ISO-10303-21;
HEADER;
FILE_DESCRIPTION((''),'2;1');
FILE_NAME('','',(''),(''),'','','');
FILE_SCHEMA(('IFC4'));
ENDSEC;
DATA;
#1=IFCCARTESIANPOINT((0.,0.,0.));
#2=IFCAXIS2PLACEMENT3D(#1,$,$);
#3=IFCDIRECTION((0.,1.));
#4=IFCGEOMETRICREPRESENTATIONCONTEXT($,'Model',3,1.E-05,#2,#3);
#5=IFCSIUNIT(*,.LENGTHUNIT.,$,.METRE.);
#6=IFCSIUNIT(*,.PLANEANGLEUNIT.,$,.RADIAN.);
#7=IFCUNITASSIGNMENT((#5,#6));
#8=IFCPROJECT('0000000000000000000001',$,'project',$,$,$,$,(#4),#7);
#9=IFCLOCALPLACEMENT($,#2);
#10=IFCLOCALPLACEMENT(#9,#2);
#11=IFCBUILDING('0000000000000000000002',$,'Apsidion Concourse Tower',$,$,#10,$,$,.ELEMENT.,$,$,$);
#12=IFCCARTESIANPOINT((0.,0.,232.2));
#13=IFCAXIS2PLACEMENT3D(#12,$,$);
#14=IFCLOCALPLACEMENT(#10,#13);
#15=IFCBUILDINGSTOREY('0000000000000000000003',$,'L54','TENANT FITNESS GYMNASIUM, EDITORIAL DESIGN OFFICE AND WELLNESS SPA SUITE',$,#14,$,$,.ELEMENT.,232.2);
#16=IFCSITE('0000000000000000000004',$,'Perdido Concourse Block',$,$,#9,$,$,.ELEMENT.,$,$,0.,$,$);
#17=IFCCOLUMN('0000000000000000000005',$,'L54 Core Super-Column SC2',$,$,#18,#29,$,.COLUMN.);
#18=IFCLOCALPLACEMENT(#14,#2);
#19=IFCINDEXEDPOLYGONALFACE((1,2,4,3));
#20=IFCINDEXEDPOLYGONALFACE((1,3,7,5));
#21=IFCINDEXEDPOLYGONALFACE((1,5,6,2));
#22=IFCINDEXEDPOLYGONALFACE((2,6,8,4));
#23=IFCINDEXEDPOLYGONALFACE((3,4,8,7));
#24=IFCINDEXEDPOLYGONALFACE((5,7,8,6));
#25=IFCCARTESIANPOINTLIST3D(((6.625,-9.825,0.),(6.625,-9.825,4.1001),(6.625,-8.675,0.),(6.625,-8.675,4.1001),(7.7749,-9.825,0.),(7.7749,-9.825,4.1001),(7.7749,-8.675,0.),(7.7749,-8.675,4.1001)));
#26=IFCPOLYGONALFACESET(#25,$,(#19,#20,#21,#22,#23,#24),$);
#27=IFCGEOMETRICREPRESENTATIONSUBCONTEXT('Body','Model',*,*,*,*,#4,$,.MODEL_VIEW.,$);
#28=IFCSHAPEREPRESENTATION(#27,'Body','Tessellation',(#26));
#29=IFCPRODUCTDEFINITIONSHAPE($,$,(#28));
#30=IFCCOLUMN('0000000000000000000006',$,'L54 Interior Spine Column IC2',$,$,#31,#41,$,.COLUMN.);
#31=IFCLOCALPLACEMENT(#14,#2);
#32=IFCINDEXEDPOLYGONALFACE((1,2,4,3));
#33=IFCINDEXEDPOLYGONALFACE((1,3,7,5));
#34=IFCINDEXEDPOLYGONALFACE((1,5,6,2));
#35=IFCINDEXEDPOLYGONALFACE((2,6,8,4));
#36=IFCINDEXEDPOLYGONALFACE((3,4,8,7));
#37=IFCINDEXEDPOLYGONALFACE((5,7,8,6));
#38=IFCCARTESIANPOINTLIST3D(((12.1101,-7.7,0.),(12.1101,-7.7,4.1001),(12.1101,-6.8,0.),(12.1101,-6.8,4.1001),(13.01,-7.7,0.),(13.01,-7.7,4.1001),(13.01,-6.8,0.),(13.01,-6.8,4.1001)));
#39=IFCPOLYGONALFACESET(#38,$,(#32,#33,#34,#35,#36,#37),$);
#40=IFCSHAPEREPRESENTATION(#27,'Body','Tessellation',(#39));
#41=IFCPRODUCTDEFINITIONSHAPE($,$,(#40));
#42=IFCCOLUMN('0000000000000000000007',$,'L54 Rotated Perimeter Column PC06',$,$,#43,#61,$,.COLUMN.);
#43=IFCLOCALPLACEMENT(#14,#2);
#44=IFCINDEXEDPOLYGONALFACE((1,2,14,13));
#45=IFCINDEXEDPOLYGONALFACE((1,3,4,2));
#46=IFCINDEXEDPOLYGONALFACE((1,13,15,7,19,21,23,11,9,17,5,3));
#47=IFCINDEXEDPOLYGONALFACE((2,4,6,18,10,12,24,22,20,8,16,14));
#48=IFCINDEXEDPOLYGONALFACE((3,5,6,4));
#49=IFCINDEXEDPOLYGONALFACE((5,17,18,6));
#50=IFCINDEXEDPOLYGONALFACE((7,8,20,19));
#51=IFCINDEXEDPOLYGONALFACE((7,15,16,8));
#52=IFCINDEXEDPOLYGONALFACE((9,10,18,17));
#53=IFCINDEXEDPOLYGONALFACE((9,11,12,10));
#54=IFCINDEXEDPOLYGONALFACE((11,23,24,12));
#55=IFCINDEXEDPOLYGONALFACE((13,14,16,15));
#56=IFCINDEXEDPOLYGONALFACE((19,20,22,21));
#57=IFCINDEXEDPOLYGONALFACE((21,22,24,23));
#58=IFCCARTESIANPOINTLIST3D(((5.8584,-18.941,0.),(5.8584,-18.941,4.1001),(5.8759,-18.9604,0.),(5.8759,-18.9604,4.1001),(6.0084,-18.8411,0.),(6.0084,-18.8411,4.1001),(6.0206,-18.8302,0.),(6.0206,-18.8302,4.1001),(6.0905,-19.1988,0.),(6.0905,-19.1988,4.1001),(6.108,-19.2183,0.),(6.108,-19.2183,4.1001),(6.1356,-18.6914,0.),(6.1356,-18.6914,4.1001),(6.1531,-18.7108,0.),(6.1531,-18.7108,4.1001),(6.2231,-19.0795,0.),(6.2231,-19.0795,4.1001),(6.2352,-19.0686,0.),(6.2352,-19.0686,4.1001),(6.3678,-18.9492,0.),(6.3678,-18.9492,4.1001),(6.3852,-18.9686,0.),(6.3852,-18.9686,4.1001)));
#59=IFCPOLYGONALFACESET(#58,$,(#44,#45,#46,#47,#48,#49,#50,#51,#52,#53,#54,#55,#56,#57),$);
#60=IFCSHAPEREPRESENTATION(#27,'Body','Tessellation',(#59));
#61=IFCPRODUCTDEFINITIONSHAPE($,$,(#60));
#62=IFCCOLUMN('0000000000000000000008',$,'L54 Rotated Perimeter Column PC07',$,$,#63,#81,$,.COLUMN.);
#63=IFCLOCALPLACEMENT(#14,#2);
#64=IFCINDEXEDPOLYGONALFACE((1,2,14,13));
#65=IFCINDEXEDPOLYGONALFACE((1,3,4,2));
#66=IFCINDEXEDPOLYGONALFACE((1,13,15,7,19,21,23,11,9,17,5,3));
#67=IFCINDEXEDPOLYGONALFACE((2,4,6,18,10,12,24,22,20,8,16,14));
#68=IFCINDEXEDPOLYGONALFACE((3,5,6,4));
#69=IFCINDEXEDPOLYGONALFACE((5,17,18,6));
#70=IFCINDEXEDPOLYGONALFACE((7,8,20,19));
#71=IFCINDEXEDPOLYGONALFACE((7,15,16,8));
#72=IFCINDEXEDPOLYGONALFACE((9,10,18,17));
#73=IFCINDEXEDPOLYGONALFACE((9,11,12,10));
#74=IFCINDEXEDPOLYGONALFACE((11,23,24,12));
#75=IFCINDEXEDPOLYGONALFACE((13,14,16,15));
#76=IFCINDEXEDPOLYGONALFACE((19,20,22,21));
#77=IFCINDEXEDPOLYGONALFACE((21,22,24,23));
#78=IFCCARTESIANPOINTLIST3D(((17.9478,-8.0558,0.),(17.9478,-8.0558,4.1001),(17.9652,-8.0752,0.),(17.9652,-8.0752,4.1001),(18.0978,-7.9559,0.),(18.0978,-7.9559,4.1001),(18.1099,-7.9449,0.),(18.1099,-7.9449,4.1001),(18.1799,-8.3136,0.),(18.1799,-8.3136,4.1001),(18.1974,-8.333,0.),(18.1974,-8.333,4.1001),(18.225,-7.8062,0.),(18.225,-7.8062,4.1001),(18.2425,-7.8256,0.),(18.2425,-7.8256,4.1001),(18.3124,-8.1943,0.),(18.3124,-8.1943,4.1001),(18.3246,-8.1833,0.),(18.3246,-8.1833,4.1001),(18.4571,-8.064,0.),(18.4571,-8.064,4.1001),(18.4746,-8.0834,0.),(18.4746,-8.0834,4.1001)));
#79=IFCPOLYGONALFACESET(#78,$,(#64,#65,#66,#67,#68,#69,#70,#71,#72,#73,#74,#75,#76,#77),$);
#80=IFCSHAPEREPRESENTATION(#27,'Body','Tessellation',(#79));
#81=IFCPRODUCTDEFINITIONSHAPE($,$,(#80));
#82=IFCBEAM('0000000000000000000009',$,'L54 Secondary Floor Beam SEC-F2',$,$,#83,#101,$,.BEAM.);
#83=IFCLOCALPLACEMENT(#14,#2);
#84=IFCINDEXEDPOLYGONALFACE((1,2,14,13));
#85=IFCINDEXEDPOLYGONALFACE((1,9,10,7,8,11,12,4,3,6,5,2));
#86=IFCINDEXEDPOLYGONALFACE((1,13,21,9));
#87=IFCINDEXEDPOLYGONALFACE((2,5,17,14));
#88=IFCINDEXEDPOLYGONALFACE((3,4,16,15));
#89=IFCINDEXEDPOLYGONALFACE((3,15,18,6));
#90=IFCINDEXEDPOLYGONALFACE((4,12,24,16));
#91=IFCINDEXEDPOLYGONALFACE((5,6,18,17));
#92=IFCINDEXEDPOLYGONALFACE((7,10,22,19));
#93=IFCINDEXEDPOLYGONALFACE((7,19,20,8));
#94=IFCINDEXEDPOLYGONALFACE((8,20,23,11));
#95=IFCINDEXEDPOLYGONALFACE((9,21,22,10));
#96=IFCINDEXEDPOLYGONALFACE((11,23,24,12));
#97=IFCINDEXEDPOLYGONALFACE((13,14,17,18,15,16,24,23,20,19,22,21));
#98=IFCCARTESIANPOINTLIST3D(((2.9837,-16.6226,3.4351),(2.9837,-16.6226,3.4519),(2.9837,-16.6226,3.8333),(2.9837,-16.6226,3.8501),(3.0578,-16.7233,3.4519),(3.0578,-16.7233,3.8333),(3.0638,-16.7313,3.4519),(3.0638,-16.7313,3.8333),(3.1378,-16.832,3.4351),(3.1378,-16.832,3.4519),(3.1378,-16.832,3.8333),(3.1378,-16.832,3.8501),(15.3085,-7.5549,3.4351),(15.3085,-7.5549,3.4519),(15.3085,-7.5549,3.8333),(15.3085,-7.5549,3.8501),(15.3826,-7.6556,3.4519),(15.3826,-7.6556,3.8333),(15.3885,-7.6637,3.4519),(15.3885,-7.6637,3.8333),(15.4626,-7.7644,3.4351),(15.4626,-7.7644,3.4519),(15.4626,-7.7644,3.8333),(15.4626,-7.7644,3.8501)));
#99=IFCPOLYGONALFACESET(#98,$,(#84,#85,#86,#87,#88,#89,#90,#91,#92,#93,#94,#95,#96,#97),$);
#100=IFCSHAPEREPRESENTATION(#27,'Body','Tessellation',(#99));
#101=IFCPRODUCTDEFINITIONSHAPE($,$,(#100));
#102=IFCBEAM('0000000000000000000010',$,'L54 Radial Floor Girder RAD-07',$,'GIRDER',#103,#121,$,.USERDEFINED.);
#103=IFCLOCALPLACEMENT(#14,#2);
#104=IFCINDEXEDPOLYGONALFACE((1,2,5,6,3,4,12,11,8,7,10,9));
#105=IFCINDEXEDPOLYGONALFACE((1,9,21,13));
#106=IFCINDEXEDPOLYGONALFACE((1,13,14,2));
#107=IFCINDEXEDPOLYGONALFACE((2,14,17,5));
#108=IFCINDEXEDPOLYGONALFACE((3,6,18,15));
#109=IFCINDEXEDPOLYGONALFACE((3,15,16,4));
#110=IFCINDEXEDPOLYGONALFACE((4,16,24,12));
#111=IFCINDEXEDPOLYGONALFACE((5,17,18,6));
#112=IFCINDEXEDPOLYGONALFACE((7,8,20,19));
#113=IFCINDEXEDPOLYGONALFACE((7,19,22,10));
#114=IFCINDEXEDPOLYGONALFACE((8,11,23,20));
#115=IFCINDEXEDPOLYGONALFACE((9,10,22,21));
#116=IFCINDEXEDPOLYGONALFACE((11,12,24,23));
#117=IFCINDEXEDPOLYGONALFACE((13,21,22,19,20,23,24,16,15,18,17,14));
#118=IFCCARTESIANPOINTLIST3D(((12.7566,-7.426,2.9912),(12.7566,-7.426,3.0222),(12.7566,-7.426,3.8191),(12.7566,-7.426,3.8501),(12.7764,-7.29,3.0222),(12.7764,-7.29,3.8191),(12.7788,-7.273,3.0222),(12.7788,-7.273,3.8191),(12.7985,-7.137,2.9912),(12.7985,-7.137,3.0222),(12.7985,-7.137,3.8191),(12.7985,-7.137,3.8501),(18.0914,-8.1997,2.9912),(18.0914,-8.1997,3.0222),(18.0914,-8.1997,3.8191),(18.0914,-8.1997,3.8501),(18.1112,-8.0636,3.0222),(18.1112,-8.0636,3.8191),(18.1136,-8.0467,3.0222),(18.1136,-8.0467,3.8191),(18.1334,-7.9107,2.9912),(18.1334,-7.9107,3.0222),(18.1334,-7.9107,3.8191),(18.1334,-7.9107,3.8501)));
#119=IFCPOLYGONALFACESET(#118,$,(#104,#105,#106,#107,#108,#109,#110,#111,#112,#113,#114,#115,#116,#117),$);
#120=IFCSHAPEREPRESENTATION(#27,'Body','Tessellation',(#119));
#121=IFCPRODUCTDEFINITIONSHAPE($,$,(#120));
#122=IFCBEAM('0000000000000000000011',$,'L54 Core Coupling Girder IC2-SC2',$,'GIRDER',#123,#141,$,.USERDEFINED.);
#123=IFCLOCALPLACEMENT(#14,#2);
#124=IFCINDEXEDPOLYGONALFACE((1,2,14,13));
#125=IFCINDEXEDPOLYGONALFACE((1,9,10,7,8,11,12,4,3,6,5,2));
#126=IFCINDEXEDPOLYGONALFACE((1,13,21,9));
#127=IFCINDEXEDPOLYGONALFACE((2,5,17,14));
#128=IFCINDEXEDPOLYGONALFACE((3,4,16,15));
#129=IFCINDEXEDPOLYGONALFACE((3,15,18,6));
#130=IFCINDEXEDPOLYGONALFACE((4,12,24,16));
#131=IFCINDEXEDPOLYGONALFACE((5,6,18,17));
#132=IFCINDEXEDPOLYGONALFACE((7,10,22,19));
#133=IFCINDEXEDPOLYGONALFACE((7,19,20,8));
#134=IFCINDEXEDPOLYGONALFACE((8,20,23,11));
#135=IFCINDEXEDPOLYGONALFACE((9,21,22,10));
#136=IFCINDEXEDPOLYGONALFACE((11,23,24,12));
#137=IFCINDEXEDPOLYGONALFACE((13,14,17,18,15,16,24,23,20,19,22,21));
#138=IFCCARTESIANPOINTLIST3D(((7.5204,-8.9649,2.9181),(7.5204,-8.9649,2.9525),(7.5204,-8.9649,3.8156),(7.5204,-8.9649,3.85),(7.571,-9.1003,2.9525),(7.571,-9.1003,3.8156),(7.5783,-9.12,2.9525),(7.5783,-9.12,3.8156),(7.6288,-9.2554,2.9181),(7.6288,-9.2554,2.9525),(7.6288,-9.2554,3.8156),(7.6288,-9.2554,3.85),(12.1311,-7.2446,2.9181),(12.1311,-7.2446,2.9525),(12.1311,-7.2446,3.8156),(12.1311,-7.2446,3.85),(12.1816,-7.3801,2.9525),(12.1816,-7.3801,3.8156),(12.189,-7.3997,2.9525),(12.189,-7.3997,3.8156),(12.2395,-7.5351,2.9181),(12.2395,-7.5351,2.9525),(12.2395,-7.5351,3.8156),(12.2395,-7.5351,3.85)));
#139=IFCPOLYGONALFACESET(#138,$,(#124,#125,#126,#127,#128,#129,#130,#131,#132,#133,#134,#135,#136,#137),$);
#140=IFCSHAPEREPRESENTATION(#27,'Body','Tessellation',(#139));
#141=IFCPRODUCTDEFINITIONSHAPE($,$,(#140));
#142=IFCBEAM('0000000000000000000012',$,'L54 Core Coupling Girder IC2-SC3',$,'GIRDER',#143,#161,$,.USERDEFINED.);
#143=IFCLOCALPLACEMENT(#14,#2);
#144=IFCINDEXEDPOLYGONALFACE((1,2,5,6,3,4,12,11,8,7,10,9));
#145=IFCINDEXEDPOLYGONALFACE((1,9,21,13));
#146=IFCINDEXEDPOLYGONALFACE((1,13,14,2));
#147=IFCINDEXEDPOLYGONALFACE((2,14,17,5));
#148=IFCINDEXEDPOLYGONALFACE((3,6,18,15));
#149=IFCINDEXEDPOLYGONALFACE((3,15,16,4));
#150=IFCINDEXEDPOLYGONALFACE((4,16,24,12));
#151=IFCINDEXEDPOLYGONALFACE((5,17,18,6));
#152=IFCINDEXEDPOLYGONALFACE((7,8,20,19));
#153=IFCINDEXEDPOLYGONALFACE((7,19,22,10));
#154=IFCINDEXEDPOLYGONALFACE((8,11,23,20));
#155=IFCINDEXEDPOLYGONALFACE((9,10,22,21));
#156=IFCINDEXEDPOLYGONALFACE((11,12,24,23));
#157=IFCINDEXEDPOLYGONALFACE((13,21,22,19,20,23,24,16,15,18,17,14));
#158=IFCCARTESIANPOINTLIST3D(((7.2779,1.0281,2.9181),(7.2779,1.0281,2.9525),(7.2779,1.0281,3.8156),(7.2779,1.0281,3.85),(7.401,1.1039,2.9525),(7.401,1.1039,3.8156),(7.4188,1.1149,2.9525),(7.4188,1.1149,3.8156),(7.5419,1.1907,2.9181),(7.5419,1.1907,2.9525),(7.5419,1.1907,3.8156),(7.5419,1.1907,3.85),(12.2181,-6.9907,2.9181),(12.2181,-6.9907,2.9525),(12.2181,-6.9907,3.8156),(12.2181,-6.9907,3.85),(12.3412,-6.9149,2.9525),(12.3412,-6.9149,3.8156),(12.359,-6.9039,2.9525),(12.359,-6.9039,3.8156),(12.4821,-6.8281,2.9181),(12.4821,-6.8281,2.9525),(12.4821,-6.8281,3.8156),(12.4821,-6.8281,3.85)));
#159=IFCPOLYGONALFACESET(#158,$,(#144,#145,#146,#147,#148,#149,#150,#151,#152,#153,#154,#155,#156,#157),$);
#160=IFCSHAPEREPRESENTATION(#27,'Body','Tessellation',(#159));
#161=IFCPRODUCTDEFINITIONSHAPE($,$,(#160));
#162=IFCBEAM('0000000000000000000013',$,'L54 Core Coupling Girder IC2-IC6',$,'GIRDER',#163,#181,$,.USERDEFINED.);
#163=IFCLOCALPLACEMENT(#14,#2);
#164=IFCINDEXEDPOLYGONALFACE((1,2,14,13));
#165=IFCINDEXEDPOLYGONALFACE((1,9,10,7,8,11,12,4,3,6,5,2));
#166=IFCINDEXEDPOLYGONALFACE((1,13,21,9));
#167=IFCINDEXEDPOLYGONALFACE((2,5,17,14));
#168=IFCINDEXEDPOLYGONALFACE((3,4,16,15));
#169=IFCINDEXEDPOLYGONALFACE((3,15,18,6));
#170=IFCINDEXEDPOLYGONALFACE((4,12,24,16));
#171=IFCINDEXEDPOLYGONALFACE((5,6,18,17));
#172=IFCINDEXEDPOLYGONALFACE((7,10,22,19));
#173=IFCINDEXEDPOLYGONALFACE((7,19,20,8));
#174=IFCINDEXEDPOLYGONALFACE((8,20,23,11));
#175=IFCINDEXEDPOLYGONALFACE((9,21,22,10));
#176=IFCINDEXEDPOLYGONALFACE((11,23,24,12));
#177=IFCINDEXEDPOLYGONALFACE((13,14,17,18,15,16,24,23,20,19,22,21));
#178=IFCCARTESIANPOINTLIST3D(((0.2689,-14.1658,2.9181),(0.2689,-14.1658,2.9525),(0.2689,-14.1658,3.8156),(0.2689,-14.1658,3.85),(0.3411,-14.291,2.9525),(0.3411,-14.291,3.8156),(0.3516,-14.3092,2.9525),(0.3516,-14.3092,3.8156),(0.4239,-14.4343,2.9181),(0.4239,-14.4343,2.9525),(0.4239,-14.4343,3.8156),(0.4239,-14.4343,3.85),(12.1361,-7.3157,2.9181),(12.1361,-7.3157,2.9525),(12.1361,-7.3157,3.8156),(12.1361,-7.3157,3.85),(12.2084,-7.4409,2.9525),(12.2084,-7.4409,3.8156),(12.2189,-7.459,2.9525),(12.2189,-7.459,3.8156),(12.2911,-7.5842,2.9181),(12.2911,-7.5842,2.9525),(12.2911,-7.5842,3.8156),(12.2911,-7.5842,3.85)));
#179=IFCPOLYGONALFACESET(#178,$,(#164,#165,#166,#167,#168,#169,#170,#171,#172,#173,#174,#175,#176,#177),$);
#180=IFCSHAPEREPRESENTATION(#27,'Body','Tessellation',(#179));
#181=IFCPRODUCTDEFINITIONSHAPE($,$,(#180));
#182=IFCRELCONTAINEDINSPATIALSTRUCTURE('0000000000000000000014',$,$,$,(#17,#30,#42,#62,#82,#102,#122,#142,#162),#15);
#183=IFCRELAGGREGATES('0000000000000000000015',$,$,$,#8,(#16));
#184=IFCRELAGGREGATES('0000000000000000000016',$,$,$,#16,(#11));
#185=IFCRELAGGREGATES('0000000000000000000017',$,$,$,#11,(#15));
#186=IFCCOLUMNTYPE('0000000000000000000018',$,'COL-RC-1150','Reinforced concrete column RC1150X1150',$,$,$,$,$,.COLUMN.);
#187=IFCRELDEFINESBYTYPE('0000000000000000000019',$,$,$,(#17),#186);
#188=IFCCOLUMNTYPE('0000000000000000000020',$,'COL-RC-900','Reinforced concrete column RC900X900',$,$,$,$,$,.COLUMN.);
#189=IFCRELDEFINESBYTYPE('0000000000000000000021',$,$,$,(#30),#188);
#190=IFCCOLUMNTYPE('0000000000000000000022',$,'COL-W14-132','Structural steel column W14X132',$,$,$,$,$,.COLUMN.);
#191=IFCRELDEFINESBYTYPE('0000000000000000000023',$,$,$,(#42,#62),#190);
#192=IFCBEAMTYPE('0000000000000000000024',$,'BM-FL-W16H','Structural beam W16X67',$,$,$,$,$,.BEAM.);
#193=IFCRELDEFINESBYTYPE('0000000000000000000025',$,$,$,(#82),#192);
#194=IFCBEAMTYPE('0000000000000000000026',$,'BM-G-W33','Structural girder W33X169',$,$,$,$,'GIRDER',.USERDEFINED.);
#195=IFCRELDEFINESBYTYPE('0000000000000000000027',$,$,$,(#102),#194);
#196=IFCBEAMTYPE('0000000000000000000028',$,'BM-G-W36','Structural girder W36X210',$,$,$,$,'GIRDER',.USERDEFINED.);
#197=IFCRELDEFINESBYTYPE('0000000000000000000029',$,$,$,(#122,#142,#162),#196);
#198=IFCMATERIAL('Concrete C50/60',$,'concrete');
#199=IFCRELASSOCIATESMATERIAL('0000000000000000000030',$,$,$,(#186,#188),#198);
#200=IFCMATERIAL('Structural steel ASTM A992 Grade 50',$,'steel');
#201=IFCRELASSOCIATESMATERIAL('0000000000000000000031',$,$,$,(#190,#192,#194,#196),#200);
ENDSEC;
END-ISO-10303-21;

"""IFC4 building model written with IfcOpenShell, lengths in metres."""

from ifc_helpers import new_model, si_unit, direction, frame, origin, origin_2d, place, context, subcontext, project, spatial, rectangle, i_section, extrude, material, material_profile, profile_set, type_object, element, save


model = new_model("IFC4")

# Units and contexts
model_context = context("Model", 3, precision=1e-05, world=origin(), true_north=direction((0.0, 1.0)))
body_context = subcontext(model_context, "Body", "Model", "MODEL_VIEW")
ifc_project = project(units=[si_unit("LENGTHUNIT", "METRE"), si_unit("PLANEANGLEUNIT", "RADIAN")], contexts=[model_context])

# Site, building, storey
site_placement = place(None, origin())
site = spatial("IfcSite", under=ifc_project, at=site_placement, Name="Perdido Concourse Block", CompositionType="ELEMENT", RefElevation=0.0)
building_placement = place(site_placement, origin())
building = spatial("IfcBuilding", under=site, at=building_placement, Name="Apsidion Concourse Tower", CompositionType="ELEMENT")
storey_placement = place(building_placement, frame((0.0, 0.0, 232.2)))
storey = spatial("IfcBuildingStorey", under=building, at=storey_placement, Name="L54", Description="TENANT FITNESS GYMNASIUM, EDITORIAL DESIGN OFFICE AND WELLNESS SPA SUITE", CompositionType="ELEMENT", Elevation=232.2)

# Columns
ifc_material_1 = material(Name="Concrete C50/60", Category="concrete")
ifc_material_profile_1 = material_profile(ifc_material_1, rectangle(XDim=1.1499, YDim=1.1499, at=origin_2d()), Name="RC 1150x1150")
ifc_profile_set_1 = profile_set([ifc_material_profile_1], Name="Concrete C50/60")
column_type_1 = type_object("IfcColumnType", Name="COL-RC-1150", Description="Reinforced concrete column RC1150X1150", PredefinedType="COLUMN", material=ifc_profile_set_1)
column_1_placement = place(storey_placement, frame((7.2, -9.25, 0.0), z_axis=(0.0, 0.0, 1.0), x_axis=(1.0, 0.0, 0.0)))
element("IfcColumn", 1, at=column_1_placement, inside=storey, type_object=column_type_1, Name="L54 Core Super-Column SC2", PredefinedType="COLUMN", context=body_context, shape_type="SweptSolid", body=[
    extrude(rectangle(XDim=1.1499, YDim=1.1499, at=origin_2d()), origin(), (0.0, 0.0, 1.0), 4.1001),
])
ifc_material_profile_2 = material_profile(ifc_material_1, rectangle(XDim=0.8999, YDim=0.8999, at=origin_2d()), Name="RC 900x900")
ifc_profile_set_2 = profile_set([ifc_material_profile_2], Name="Concrete C50/60")
column_type_2 = type_object("IfcColumnType", Name="COL-RC-900", Description="Reinforced concrete column RC900X900", PredefinedType="COLUMN", material=ifc_profile_set_2)
column_2_placement = place(storey_placement, frame((12.5601, -7.25, 0.0), z_axis=(0.0, 0.0, 1.0), x_axis=(1.0, 0.0, 0.0)))
element("IfcColumn", 2, at=column_2_placement, inside=storey, type_object=column_type_2, Name="L54 Interior Spine Column IC2", PredefinedType="COLUMN", context=body_context, shape_type="SweptSolid", body=[
    extrude(rectangle(XDim=0.8999, YDim=0.8999, at=origin_2d()), origin(), (0.0, 0.0, 1.0), 4.1001),
])
ifc_material_2 = material(Name="Structural steel ASTM A992 Grade 50", Category="steel")
ifc_material_profile_3 = material_profile(ifc_material_2, i_section(OverallWidth=0.373, OverallDepth=0.373, WebThickness=0.0164, FlangeThickness=0.0261, at=origin_2d()), Name="W14X132")
ifc_profile_set_3 = profile_set([ifc_material_profile_3], Name="Structural steel ASTM A992 Grade 50")
column_type_3 = type_object("IfcColumnType", Name="COL-W14-132", Description="Structural steel column W14X132", PredefinedType="COLUMN", material=ifc_profile_set_3)
for number, where, z_axis, x_axis, name in (
    (3, (6.1218, -18.9548, 0.0), (0.0, 0.0, 1.0), (0.743145, 0.669131, 0.0), "L54 Rotated Perimeter Column PC06"),
    (4, (18.2112, -8.0696, 0.0), (0.0, 0.0, 1.0), (0.743145, 0.669131, 0.0), "L54 Rotated Perimeter Column PC07"),
):
    element("IfcColumn", number, at=place(storey_placement, frame(where, z_axis=z_axis, x_axis=x_axis)), inside=storey, type_object=column_type_3, Name=name, PredefinedType="COLUMN", context=body_context, shape_type="SweptSolid", body=[
        extrude(i_section(OverallWidth=0.373, OverallDepth=0.373, WebThickness=0.0164, FlangeThickness=0.0261, at=origin_2d()), origin(), (0.0, 0.0, 1.0), 4.1001),
    ])

# Beams
ifc_material_profile_4 = material_profile(ifc_material_2, i_section(OverallWidth=0.26, OverallDepth=0.415, WebThickness=0.01, FlangeThickness=0.0168, at=origin_2d()), Name="W16X67")
ifc_profile_set_4 = profile_set([ifc_material_profile_4], Name="Structural steel ASTM A992 Grade 50")
beam_type_1 = type_object("IfcBeamType", Name="BM-FL-W16H", Description="Structural beam W16X67", PredefinedType="BEAM", material=ifc_profile_set_4)
beam_1_placement = place(storey_placement, frame((3.0608, -16.7273, 3.6426), z_axis=(0.805484, 0.592617, 0.0), x_axis=(-0.592617, 0.805484, 0.0)))
element("IfcBeam", 5, at=beam_1_placement, inside=storey, type_object=beam_type_1, Name="L54 Secondary Floor Beam SEC-F2", PredefinedType="BEAM", context=body_context, shape_type="SweptSolid", body=[
    extrude(i_section(OverallWidth=0.26, OverallDepth=0.415, WebThickness=0.01, FlangeThickness=0.0168, at=origin_2d()), origin(), (0.0, 0.0, 1.0), 15.301),
])
ifc_material_profile_5 = material_profile(ifc_material_2, i_section(OverallWidth=0.292, OverallDepth=0.8589, WebThickness=0.0171, FlangeThickness=0.031, at=origin_2d()), Name="W33X169")
ifc_profile_set_5 = profile_set([ifc_material_profile_5], Name="Structural steel ASTM A992 Grade 50")
beam_type_2 = type_object("IfcBeamType", Name="BM-G-W33", Description="Structural girder W33X169", ElementType="GIRDER", PredefinedType="USERDEFINED", material=ifc_profile_set_5)
beam_2_placement = place(storey_placement, frame((12.7776, -7.2815, 3.4207), z_axis=(0.989647, -0.143526, 0.0), x_axis=(0.143526, 0.989647, 0.0)))
element("IfcBeam", 6, at=beam_2_placement, inside=storey, type_object=beam_type_2, Name="L54 Radial Floor Girder RAD-07", ObjectType="GIRDER", PredefinedType="USERDEFINED", context=body_context, shape_type="SweptSolid", body=[
    extrude(i_section(OverallWidth=0.292, OverallDepth=0.8589, WebThickness=0.0171, FlangeThickness=0.031, at=origin_2d()), origin(), (0.0, 0.0, 1.0), 5.3906),
])
ifc_material_profile_6 = material_profile(ifc_material_2, i_section(OverallWidth=0.3101, OverallDepth=0.9319, WebThickness=0.021, FlangeThickness=0.0344, at=origin_2d()), Name="W36X210")
ifc_profile_set_6 = profile_set([ifc_material_profile_6], Name="Structural steel ASTM A992 Grade 50")
beam_type_3 = type_object("IfcBeamType", Name="BM-G-W36", Description="Structural girder W36X210", ElementType="GIRDER", PredefinedType="USERDEFINED", material=ifc_profile_set_6)
beam_3_placement = place(storey_placement, frame((12.1853, -7.3899, 3.384), z_axis=(-0.936913, -0.349563, 0.0), x_axis=(0.349563, -0.936913, 0.0)))
element("IfcBeam", 7, at=beam_3_placement, inside=storey, type_object=beam_type_3, Name="L54 Core Coupling Girder IC2-SC2", ObjectType="GIRDER", PredefinedType="USERDEFINED", context=body_context, shape_type="SweptSolid", body=[
    extrude(i_section(OverallWidth=0.3101, OverallDepth=0.9319, WebThickness=0.021, FlangeThickness=0.0344, at=origin_2d()), origin(), (0.0, 0.0, 1.0), 4.9211),
])
beam_4_placement = place(storey_placement, frame((12.3501, -6.9094, 3.384), z_axis=(-0.524524, 0.851396, 0.0), x_axis=(-0.851396, -0.524524, 0.0)))
element("IfcBeam", 8, at=beam_4_placement, inside=storey, type_object=beam_type_3, Name="L54 Core Coupling Girder IC2-SC3", ObjectType="GIRDER", PredefinedType="USERDEFINED", context=body_context, shape_type="SweptSolid", body=[
    extrude(i_section(OverallWidth=0.3101, OverallDepth=0.9319, WebThickness=0.021, FlangeThickness=0.0344, at=origin_2d()), origin(), (0.0, 0.0, 1.0), 9.4185),
])
beam_5_placement = place(storey_placement, frame((12.2136, -7.45, 3.384), z_axis=(-0.86607, -0.499922, 0.0), x_axis=(0.499922, -0.86607, 0.0)))
element("IfcBeam", 9, at=beam_5_placement, inside=storey, type_object=beam_type_3, Name="L54 Core Coupling Girder IC2-IC6", ObjectType="GIRDER", PredefinedType="USERDEFINED", context=body_context, shape_type="SweptSolid", body=[
    extrude(i_section(OverallWidth=0.3101, OverallDepth=0.9319, WebThickness=0.021, FlangeThickness=0.0344, at=origin_2d()), origin(), (0.0, 0.0, 1.0), 13.7024),
])

save(model, "model.ifc")
